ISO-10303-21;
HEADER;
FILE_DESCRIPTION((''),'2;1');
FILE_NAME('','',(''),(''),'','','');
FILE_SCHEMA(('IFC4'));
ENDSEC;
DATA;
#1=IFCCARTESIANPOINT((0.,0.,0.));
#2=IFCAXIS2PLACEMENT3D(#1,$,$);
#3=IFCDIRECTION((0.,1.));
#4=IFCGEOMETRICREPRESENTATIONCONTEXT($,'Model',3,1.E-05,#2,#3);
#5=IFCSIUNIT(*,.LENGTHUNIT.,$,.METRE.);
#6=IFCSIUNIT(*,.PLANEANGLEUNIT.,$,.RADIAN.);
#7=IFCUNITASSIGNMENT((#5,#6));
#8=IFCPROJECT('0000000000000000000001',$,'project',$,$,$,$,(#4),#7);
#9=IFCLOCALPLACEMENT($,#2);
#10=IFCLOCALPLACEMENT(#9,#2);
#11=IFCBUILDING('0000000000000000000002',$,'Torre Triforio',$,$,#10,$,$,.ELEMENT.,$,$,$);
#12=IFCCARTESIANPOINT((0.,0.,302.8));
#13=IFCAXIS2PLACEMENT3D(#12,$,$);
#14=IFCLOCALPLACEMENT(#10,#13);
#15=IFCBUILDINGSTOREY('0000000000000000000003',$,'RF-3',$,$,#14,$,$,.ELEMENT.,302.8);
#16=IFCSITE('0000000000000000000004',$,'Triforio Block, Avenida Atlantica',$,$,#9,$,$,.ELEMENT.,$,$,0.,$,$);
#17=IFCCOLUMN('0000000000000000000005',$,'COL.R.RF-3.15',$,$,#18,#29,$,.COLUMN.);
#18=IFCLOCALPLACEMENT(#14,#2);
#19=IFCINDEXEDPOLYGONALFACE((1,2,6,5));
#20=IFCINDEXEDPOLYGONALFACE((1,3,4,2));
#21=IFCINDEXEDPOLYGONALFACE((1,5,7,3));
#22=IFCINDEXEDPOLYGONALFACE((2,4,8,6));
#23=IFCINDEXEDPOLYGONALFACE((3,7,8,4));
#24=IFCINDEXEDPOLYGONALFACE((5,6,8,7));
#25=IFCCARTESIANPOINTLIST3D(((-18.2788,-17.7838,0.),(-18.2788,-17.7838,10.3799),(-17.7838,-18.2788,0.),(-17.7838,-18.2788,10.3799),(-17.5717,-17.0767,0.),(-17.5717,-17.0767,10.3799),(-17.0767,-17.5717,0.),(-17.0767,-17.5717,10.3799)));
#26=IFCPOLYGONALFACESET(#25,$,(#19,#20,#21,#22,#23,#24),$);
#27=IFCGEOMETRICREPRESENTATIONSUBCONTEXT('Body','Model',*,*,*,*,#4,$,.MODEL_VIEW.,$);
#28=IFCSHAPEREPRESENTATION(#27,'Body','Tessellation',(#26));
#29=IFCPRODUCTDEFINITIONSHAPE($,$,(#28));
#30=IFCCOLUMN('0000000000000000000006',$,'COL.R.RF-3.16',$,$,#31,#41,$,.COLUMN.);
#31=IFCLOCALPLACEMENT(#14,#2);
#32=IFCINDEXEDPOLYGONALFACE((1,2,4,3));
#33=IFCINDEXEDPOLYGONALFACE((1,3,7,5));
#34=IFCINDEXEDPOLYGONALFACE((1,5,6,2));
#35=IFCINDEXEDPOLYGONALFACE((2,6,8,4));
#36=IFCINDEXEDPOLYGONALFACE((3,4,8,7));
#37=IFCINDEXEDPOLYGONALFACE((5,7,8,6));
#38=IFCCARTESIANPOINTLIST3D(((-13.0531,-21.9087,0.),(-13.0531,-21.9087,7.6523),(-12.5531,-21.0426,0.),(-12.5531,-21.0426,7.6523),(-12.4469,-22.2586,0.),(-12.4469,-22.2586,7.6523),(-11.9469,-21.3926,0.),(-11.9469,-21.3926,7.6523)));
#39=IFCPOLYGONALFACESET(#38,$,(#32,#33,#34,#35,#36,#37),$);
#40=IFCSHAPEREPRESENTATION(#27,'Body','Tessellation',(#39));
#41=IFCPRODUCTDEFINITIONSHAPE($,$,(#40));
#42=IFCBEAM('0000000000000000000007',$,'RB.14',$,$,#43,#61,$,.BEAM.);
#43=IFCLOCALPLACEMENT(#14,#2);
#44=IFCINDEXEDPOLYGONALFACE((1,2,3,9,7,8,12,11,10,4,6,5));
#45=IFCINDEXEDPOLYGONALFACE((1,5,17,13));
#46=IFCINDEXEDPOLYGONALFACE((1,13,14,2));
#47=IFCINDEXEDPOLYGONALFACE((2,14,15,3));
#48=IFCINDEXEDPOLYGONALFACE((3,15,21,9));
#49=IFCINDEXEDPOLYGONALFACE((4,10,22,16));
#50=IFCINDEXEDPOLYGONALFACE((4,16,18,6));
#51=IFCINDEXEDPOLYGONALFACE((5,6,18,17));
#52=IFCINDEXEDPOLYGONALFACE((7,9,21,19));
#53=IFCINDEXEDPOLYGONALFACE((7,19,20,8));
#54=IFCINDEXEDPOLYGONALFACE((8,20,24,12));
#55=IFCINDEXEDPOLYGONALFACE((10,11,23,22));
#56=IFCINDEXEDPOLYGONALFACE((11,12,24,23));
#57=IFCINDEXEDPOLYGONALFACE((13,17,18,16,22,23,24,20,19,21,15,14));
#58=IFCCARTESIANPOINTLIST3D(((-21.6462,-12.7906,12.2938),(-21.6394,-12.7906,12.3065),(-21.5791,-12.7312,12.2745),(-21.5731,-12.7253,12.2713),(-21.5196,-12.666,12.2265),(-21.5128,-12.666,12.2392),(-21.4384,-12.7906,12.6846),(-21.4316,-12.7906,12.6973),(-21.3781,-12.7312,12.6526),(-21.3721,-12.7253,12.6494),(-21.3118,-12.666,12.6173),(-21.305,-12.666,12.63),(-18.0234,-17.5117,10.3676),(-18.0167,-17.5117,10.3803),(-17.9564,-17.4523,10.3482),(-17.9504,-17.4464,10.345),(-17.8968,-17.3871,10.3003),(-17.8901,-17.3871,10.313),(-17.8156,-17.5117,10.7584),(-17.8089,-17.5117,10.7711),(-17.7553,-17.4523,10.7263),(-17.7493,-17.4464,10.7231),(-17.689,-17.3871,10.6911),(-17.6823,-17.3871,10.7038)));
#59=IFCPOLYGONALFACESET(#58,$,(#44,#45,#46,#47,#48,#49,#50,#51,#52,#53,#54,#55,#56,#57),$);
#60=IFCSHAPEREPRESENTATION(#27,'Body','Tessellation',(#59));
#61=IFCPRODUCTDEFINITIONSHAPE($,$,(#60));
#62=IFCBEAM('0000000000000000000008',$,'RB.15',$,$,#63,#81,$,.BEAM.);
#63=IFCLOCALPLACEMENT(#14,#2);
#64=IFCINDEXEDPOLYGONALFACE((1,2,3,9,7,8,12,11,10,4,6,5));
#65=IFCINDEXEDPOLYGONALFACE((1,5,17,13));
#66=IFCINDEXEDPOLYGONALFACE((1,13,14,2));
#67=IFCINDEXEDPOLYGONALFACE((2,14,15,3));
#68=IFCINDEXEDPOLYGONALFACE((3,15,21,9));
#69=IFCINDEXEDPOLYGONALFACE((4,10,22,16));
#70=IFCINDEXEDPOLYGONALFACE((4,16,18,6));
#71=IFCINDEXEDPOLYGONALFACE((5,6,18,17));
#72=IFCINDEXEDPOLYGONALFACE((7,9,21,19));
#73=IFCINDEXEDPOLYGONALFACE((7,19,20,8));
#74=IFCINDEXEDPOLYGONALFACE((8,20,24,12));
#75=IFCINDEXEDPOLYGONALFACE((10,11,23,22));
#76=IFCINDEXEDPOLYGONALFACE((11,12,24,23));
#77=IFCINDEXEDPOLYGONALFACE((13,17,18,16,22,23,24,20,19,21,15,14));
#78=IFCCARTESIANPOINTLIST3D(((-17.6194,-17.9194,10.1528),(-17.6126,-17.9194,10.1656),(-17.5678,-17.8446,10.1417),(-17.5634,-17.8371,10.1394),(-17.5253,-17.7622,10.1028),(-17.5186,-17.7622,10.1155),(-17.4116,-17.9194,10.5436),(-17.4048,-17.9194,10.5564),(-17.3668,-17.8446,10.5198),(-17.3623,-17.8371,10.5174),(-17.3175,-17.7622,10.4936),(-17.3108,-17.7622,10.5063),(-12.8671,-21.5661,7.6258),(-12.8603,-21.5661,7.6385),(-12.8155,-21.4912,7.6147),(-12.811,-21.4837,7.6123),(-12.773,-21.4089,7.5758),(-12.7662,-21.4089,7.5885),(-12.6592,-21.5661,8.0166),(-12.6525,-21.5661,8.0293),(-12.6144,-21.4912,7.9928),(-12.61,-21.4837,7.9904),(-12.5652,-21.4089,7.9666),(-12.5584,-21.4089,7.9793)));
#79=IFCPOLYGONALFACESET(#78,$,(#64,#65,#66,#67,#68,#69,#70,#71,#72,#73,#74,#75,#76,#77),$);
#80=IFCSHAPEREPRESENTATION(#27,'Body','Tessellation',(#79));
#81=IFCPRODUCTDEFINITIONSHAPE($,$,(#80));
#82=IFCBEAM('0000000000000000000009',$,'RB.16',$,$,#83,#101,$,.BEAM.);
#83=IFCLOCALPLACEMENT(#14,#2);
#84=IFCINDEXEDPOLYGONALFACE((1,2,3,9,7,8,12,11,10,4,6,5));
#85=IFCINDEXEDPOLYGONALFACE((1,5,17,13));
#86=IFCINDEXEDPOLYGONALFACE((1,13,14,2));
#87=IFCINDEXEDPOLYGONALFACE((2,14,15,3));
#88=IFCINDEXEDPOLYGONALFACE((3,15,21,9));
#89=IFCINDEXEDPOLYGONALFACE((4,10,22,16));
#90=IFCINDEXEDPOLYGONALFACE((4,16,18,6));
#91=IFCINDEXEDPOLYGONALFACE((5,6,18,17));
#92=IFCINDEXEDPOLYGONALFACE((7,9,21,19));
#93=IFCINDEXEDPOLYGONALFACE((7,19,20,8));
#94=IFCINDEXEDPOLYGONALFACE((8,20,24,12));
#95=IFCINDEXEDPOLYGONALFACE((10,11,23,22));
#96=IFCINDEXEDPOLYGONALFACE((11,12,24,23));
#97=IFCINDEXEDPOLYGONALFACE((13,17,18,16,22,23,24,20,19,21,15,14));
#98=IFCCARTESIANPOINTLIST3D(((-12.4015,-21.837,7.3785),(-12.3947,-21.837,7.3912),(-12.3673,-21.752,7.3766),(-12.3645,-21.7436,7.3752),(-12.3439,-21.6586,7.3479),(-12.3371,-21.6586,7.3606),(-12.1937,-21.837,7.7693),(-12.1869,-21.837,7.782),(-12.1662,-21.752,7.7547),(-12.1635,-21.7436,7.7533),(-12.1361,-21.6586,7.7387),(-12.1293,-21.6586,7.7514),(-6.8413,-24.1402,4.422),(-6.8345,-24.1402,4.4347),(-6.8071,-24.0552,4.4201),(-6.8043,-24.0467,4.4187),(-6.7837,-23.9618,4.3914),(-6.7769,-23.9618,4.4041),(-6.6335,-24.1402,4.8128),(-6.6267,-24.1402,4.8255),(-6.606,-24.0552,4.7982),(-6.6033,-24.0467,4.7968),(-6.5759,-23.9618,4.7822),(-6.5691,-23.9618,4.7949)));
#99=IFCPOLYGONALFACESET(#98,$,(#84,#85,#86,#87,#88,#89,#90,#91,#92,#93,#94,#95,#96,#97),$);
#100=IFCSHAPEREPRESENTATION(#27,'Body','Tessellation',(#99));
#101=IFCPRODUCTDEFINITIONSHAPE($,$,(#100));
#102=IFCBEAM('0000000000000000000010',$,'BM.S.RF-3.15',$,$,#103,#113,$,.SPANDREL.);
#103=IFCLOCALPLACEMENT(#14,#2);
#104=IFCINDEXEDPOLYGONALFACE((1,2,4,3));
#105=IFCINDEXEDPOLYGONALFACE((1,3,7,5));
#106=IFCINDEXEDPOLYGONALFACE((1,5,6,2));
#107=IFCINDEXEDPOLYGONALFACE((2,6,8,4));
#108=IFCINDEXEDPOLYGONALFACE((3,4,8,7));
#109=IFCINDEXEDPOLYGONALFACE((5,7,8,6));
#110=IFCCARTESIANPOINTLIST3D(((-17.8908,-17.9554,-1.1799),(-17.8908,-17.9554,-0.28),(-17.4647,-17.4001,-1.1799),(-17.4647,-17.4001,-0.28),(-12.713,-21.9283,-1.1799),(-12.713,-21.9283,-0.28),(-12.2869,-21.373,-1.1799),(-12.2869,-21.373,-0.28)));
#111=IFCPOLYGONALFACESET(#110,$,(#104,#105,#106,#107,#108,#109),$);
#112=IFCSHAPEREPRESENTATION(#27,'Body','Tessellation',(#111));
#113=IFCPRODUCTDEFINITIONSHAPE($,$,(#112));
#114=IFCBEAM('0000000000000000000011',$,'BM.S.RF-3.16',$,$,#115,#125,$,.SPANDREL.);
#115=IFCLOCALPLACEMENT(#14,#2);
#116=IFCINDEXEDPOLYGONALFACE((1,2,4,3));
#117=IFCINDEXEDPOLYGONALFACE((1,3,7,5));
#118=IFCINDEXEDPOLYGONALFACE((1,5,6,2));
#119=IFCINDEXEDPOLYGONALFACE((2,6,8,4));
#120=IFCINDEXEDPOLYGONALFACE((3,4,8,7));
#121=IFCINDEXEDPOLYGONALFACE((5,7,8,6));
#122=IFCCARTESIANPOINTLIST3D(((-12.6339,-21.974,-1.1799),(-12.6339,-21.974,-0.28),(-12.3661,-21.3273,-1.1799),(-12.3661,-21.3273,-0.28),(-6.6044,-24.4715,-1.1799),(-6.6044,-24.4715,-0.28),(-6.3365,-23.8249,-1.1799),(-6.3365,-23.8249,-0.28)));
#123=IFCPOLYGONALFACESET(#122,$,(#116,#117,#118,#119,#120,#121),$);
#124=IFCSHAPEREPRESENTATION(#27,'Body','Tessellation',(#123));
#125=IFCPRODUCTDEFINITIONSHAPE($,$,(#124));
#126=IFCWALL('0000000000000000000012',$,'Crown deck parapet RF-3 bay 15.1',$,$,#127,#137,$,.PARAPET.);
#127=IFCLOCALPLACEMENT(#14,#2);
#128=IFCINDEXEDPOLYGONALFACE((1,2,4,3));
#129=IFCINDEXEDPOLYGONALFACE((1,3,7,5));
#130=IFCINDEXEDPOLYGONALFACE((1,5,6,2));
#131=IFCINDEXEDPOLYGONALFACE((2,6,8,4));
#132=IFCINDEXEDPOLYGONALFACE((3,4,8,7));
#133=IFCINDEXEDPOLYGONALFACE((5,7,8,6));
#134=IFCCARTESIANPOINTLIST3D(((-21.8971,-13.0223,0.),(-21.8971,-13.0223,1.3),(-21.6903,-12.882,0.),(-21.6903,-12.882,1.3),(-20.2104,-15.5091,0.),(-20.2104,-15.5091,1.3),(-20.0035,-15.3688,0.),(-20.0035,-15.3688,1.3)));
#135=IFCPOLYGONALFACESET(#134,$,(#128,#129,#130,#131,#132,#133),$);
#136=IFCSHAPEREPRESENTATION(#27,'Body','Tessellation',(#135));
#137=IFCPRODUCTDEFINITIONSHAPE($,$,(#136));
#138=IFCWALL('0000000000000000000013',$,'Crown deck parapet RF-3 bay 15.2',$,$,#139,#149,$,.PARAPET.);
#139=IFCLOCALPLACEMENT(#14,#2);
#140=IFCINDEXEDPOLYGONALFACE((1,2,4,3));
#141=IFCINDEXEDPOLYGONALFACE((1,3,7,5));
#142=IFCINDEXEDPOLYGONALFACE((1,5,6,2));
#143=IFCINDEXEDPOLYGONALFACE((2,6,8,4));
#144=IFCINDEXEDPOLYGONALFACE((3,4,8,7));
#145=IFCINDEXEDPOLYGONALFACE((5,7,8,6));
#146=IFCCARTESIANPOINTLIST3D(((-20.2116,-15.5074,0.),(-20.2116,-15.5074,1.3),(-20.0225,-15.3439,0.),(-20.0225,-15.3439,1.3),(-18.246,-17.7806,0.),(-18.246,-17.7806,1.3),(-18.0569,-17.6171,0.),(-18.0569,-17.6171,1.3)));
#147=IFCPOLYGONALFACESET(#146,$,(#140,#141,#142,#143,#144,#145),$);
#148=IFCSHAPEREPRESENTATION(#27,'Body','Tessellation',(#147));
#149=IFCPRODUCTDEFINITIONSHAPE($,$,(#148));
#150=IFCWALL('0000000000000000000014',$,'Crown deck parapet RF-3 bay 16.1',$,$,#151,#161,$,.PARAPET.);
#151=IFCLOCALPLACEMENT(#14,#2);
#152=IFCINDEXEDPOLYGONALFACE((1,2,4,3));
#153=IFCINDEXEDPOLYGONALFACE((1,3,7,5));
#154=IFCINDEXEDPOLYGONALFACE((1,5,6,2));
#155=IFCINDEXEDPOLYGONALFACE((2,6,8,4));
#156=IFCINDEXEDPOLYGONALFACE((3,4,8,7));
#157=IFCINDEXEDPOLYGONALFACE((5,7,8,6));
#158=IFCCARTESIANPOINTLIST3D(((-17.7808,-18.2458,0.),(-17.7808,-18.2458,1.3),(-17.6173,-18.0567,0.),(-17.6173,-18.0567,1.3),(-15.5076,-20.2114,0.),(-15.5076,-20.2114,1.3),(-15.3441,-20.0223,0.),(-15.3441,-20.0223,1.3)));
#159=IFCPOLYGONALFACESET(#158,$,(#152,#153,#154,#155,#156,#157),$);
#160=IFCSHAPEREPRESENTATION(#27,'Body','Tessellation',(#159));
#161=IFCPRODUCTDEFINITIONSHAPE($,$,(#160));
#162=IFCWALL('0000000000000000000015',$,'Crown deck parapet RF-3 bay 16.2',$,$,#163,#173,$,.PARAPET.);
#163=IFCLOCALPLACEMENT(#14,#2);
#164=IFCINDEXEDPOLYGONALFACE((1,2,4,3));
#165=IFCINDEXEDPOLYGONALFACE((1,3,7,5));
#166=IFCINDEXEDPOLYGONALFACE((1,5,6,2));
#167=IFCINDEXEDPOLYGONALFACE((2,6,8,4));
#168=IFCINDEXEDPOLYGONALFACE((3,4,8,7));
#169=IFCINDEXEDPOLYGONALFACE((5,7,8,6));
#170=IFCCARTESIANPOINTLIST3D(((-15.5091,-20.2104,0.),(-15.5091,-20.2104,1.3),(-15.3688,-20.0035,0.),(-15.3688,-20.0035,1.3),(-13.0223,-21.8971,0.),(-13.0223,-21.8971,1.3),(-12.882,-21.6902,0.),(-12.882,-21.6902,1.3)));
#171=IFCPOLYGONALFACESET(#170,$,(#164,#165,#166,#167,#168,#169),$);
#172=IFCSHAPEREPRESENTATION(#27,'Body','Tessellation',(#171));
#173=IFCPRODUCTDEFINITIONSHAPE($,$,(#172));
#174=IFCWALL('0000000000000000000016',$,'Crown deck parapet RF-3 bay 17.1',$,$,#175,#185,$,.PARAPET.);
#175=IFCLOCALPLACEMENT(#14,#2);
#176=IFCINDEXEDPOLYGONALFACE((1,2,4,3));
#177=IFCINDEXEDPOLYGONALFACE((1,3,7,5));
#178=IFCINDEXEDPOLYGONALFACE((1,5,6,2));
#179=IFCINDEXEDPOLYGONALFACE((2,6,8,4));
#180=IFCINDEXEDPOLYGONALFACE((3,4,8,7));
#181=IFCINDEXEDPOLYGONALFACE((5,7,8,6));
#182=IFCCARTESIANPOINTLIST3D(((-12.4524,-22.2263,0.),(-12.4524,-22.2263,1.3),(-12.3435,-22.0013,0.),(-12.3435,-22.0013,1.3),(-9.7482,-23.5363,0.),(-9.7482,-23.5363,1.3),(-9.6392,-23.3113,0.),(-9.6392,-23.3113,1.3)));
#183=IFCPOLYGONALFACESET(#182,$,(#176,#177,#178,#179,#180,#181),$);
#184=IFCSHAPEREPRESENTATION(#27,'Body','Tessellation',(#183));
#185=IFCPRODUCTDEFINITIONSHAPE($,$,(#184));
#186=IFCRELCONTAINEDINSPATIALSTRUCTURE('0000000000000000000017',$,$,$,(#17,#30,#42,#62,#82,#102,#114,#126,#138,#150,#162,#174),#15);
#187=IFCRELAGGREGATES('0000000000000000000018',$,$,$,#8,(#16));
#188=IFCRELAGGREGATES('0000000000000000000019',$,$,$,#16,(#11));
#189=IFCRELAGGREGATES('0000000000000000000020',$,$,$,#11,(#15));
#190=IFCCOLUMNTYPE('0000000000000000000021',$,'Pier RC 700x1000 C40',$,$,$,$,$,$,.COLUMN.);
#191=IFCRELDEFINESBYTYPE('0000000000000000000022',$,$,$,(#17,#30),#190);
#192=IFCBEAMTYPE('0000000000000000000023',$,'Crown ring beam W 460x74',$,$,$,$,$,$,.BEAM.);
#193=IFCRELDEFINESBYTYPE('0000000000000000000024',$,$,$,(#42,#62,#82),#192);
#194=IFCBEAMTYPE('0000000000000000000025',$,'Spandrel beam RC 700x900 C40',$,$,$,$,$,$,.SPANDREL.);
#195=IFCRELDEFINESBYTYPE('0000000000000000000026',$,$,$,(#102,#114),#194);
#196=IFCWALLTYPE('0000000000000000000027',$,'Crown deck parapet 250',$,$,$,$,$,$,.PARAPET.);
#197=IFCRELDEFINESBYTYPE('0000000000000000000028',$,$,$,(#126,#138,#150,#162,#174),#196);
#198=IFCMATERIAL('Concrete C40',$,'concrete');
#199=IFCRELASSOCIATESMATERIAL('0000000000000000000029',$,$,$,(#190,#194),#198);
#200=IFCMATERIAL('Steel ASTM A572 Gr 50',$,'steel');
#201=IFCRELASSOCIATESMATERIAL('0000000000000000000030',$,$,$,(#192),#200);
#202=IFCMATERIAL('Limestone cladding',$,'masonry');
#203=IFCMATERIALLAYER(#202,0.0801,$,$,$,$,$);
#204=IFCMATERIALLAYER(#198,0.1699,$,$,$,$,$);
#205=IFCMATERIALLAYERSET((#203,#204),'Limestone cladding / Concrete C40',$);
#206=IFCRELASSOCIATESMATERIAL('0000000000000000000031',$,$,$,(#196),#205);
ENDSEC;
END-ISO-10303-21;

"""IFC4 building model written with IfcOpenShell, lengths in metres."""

from ifc_helpers import new_model, si_unit, direction, frame, frame_2d, origin, origin_2d, place, context, subcontext, project, spatial, rectangle, i_section, extrude, material, layer, layer_set, material_profile, profile_set, type_object, element, save


model = new_model("IFC4")

# Units and contexts
model_context = context("Model", 3, precision=1e-05, world=origin(), true_north=direction((0.0, 1.0)))
body_context = subcontext(model_context, "Body", "Model", "MODEL_VIEW")
ifc_project = project(units=[si_unit("LENGTHUNIT", "METRE"), si_unit("PLANEANGLEUNIT", "RADIAN")], contexts=[model_context])

# Site, building, storey
site_placement = place(None, origin())
site = spatial("IfcSite", under=ifc_project, at=site_placement, Name="Triforio Block, Avenida Atlantica", CompositionType="ELEMENT", RefElevation=0.0)
building_placement = place(site_placement, origin())
building = spatial("IfcBuilding", under=site, at=building_placement, Name="Torre Triforio", CompositionType="ELEMENT")
storey_placement = place(building_placement, frame((0.0, 0.0, 302.8)))
storey = spatial("IfcBuildingStorey", under=building, at=storey_placement, Name="RF-3", CompositionType="ELEMENT", Elevation=302.8)

# Columns
ifc_material_1 = material(Name="Concrete C40", Category="concrete")
ifc_material_profile_1 = material_profile(ifc_material_1, rectangle(XDim=0.7, YDim=1.0, at=origin_2d()), Name="RC 700x1000")
ifc_profile_set_1 = profile_set([ifc_material_profile_1], Name="Concrete C40")
column_type = type_object("IfcColumnType", Name="Pier RC 700x1000 C40", PredefinedType="COLUMN", material=ifc_profile_set_1)
column_1_placement = place(storey_placement, frame((-17.6777, -17.6777, 0.0), z_axis=(0.0, 0.0, 1.0), x_axis=(0.707107, -0.707107, 0.0)))
element("IfcColumn", 1, at=column_1_placement, inside=storey, type_object=column_type, Name="COL.R.RF-3.15", PredefinedType="COLUMN", context=body_context, shape_type="SweptSolid", body=[
    extrude(rectangle(XDim=0.7, YDim=1.0, at=origin_2d()), origin(), (0.0, 0.0, 1.0), 10.3799),
])
column_2_placement = place(storey_placement, frame((-12.5, -21.6506, 0.0), z_axis=(0.0, 0.0, 1.0), x_axis=(0.866025, -0.5, 0.0)))
element("IfcColumn", 2, at=column_2_placement, inside=storey, type_object=column_type, Name="COL.R.RF-3.16", PredefinedType="COLUMN", context=body_context, shape_type="SweptSolid", body=[
    extrude(rectangle(XDim=0.7, YDim=1.0, at=origin_2d()), origin(), (0.0, 0.0, 1.0), 7.6523),
])

# Beams
ifc_material_2 = material(Name="Steel ASTM A572 Gr 50", Category="steel")
ifc_material_profile_2 = material_profile(ifc_material_2, i_section(OverallWidth=0.1899, OverallDepth=0.457, WebThickness=0.009, FlangeThickness=0.0144, at=origin_2d()), Name="W 460x74")
ifc_profile_set_2 = profile_set([ifc_material_profile_2], Name="Steel ASTM A572 Gr 50")
beam_type_1 = type_object("IfcBeamType", Name="Crown ring beam W 460x74", PredefinedType="BEAM", material=ifc_profile_set_2)
beam_1_placement = place(storey_placement, frame((-21.4756, -12.7283, 12.4619), z_axis=(0.579186, -0.754788, -0.307957), x_axis=(0.666437, 0.655968, -0.354356)))
element("IfcBeam", 3, at=beam_1_placement, inside=storey, type_object=beam_type_1, Name="RB.14", PredefinedType="BEAM", context=body_context, shape_type="SweptSolid", body=[
    extrude(i_section(OverallWidth=0.1899, OverallDepth=0.457, WebThickness=0.009, FlangeThickness=0.0144, at=origin_2d()), origin(), (0.0, 0.0, 1.0), 6.2549),
])
beam_2_placement = place(storey_placement, frame((-17.4651, -17.8408, 10.3296), z_axis=(0.730967, -0.560899, -0.38869), x_axis=(0.495245, 0.827884, -0.263324)))
element("IfcBeam", 4, at=beam_2_placement, inside=storey, type_object=beam_type_1, Name="RB.15", PredefinedType="BEAM", context=body_context, shape_type="SweptSolid", body=[
    extrude(i_section(OverallWidth=0.1899, OverallDepth=0.457, WebThickness=0.009, FlangeThickness=0.0144, at=origin_2d()), origin(), (0.0, 0.0, 1.0), 6.5015),
])
beam_3_placement = place(storey_placement, frame((-12.2654, -21.7478, 7.5649), z_axis=(0.829222, -0.343486, -0.440917), x_axis=(0.303282, 0.939158, -0.161253)))
element("IfcBeam", 5, at=beam_3_placement, inside=storey, type_object=beam_type_1, Name="RB.16", PredefinedType="BEAM", context=body_context, shape_type="SweptSolid", body=[
    extrude(i_section(OverallWidth=0.1899, OverallDepth=0.457, WebThickness=0.009, FlangeThickness=0.0144, at=origin_2d()), origin(), (0.0, 0.0, 1.0), 6.7053),
])
ifc_material_profile_3 = material_profile(ifc_material_1, rectangle(XDim=0.7, YDim=0.8999, at=origin_2d()), Name="RC 700x900")
ifc_profile_set_3 = profile_set([ifc_material_profile_3], Name="Concrete C40")
beam_type_2 = type_object("IfcBeamType", Name="Spandrel beam RC 700x900 C40", PredefinedType="SPANDREL", material=ifc_profile_set_3)
for number, where, z_axis, x_axis, name in (
    (6, (-17.6777, -17.6777, -0.73), (0.793362, -0.60875, 0.0), (0.60875, 0.793362, 0.0), "BM.S.RF-3.15"),
    (7, (-12.5, -21.6506, -0.73), (0.923877, -0.382689, 0.0), (0.382689, 0.923877, 0.0), "BM.S.RF-3.16"),
):
    element("IfcBeam", number, at=place(storey_placement, frame(where, z_axis=z_axis, x_axis=x_axis)), inside=storey, type_object=beam_type_2, Name=name, PredefinedType="SPANDREL", context=body_context, shape_type="SweptSolid", body=[
        extrude(rectangle(XDim=0.7, YDim=0.8999, at=origin_2d()), origin(), (0.0, 0.0, 1.0), 6.5264),
    ])

# Walls
ifc_material_3 = material(Name="Limestone cladding", Category="masonry")
ifc_layer_1 = layer(ifc_material_3, 0.0801)
ifc_layer_2 = layer(ifc_material_1, 0.1699)
ifc_layer_set_1 = layer_set([ifc_layer_1, ifc_layer_2], Name="Limestone cladding / Concrete C40")
wall_type_1 = type_object("IfcWallType", Name="Crown deck parapet 250", PredefinedType="PARAPET", material=ifc_layer_set_1)
wall_1_placement = place(storey_placement, frame((-21.7937, -12.9521, 0.0), z_axis=(0.0, 0.0, 1.0), x_axis=(0.561338, -0.827586, 0.0)))
element("IfcWall", 8, at=wall_1_placement, inside=storey, type_object=wall_type_1, Name="Crown deck parapet RF-3 bay 15.1", PredefinedType="PARAPET", context=body_context, shape_type="SweptSolid", body=[
    extrude(rectangle(XDim=3.0049, YDim=0.25, at=frame_2d((1.5024, 0.0))), origin(), (0.0, 0.0, 1.0), 1.3),
])
for number, where, z_axis, x_axis, name in (
    (9, (-20.1169, -15.4258, 0.0), (0.0, 0.0, 1.0), (0.65407, -0.756434, 0.0), "Crown deck parapet RF-3 bay 15.2"),
    (10, (-17.699, -18.1514, 0.0), (0.0, 0.0, 1.0), (0.756434, -0.65407, 0.0), "Crown deck parapet RF-3 bay 16.1"),
):
    element("IfcWall", number, at=place(storey_placement, frame(where, z_axis=z_axis, x_axis=x_axis)), inside=storey, type_object=wall_type_1, Name=name, PredefinedType="PARAPET", context=body_context, shape_type="SweptSolid", body=[
        extrude(rectangle(XDim=3.0051, YDim=0.25, at=frame_2d((1.5024, 0.0))), origin(), (0.0, 0.0, 1.0), 1.3),
    ])
for number, where, z_axis, x_axis, name in (
    (11, (-15.439, -20.1069, 0.0), (0.0, 0.0, 1.0), (0.827586, -0.561338, 0.0), "Crown deck parapet RF-3 bay 16.2"),
    (12, (-12.3979, -22.1138, 0.0), (0.0, 0.0, 1.0), (0.899963, -0.435966, 0.0), "Crown deck parapet RF-3 bay 17.1"),
):
    element("IfcWall", number, at=place(storey_placement, frame(where, z_axis=z_axis, x_axis=x_axis)), inside=storey, type_object=wall_type_1, Name=name, PredefinedType="PARAPET", context=body_context, shape_type="SweptSolid", body=[
        extrude(rectangle(XDim=3.0049, YDim=0.25, at=frame_2d((1.5024, 0.0))), origin(), (0.0, 0.0, 1.0), 1.3),
    ])

save(model, "model.ifc")
